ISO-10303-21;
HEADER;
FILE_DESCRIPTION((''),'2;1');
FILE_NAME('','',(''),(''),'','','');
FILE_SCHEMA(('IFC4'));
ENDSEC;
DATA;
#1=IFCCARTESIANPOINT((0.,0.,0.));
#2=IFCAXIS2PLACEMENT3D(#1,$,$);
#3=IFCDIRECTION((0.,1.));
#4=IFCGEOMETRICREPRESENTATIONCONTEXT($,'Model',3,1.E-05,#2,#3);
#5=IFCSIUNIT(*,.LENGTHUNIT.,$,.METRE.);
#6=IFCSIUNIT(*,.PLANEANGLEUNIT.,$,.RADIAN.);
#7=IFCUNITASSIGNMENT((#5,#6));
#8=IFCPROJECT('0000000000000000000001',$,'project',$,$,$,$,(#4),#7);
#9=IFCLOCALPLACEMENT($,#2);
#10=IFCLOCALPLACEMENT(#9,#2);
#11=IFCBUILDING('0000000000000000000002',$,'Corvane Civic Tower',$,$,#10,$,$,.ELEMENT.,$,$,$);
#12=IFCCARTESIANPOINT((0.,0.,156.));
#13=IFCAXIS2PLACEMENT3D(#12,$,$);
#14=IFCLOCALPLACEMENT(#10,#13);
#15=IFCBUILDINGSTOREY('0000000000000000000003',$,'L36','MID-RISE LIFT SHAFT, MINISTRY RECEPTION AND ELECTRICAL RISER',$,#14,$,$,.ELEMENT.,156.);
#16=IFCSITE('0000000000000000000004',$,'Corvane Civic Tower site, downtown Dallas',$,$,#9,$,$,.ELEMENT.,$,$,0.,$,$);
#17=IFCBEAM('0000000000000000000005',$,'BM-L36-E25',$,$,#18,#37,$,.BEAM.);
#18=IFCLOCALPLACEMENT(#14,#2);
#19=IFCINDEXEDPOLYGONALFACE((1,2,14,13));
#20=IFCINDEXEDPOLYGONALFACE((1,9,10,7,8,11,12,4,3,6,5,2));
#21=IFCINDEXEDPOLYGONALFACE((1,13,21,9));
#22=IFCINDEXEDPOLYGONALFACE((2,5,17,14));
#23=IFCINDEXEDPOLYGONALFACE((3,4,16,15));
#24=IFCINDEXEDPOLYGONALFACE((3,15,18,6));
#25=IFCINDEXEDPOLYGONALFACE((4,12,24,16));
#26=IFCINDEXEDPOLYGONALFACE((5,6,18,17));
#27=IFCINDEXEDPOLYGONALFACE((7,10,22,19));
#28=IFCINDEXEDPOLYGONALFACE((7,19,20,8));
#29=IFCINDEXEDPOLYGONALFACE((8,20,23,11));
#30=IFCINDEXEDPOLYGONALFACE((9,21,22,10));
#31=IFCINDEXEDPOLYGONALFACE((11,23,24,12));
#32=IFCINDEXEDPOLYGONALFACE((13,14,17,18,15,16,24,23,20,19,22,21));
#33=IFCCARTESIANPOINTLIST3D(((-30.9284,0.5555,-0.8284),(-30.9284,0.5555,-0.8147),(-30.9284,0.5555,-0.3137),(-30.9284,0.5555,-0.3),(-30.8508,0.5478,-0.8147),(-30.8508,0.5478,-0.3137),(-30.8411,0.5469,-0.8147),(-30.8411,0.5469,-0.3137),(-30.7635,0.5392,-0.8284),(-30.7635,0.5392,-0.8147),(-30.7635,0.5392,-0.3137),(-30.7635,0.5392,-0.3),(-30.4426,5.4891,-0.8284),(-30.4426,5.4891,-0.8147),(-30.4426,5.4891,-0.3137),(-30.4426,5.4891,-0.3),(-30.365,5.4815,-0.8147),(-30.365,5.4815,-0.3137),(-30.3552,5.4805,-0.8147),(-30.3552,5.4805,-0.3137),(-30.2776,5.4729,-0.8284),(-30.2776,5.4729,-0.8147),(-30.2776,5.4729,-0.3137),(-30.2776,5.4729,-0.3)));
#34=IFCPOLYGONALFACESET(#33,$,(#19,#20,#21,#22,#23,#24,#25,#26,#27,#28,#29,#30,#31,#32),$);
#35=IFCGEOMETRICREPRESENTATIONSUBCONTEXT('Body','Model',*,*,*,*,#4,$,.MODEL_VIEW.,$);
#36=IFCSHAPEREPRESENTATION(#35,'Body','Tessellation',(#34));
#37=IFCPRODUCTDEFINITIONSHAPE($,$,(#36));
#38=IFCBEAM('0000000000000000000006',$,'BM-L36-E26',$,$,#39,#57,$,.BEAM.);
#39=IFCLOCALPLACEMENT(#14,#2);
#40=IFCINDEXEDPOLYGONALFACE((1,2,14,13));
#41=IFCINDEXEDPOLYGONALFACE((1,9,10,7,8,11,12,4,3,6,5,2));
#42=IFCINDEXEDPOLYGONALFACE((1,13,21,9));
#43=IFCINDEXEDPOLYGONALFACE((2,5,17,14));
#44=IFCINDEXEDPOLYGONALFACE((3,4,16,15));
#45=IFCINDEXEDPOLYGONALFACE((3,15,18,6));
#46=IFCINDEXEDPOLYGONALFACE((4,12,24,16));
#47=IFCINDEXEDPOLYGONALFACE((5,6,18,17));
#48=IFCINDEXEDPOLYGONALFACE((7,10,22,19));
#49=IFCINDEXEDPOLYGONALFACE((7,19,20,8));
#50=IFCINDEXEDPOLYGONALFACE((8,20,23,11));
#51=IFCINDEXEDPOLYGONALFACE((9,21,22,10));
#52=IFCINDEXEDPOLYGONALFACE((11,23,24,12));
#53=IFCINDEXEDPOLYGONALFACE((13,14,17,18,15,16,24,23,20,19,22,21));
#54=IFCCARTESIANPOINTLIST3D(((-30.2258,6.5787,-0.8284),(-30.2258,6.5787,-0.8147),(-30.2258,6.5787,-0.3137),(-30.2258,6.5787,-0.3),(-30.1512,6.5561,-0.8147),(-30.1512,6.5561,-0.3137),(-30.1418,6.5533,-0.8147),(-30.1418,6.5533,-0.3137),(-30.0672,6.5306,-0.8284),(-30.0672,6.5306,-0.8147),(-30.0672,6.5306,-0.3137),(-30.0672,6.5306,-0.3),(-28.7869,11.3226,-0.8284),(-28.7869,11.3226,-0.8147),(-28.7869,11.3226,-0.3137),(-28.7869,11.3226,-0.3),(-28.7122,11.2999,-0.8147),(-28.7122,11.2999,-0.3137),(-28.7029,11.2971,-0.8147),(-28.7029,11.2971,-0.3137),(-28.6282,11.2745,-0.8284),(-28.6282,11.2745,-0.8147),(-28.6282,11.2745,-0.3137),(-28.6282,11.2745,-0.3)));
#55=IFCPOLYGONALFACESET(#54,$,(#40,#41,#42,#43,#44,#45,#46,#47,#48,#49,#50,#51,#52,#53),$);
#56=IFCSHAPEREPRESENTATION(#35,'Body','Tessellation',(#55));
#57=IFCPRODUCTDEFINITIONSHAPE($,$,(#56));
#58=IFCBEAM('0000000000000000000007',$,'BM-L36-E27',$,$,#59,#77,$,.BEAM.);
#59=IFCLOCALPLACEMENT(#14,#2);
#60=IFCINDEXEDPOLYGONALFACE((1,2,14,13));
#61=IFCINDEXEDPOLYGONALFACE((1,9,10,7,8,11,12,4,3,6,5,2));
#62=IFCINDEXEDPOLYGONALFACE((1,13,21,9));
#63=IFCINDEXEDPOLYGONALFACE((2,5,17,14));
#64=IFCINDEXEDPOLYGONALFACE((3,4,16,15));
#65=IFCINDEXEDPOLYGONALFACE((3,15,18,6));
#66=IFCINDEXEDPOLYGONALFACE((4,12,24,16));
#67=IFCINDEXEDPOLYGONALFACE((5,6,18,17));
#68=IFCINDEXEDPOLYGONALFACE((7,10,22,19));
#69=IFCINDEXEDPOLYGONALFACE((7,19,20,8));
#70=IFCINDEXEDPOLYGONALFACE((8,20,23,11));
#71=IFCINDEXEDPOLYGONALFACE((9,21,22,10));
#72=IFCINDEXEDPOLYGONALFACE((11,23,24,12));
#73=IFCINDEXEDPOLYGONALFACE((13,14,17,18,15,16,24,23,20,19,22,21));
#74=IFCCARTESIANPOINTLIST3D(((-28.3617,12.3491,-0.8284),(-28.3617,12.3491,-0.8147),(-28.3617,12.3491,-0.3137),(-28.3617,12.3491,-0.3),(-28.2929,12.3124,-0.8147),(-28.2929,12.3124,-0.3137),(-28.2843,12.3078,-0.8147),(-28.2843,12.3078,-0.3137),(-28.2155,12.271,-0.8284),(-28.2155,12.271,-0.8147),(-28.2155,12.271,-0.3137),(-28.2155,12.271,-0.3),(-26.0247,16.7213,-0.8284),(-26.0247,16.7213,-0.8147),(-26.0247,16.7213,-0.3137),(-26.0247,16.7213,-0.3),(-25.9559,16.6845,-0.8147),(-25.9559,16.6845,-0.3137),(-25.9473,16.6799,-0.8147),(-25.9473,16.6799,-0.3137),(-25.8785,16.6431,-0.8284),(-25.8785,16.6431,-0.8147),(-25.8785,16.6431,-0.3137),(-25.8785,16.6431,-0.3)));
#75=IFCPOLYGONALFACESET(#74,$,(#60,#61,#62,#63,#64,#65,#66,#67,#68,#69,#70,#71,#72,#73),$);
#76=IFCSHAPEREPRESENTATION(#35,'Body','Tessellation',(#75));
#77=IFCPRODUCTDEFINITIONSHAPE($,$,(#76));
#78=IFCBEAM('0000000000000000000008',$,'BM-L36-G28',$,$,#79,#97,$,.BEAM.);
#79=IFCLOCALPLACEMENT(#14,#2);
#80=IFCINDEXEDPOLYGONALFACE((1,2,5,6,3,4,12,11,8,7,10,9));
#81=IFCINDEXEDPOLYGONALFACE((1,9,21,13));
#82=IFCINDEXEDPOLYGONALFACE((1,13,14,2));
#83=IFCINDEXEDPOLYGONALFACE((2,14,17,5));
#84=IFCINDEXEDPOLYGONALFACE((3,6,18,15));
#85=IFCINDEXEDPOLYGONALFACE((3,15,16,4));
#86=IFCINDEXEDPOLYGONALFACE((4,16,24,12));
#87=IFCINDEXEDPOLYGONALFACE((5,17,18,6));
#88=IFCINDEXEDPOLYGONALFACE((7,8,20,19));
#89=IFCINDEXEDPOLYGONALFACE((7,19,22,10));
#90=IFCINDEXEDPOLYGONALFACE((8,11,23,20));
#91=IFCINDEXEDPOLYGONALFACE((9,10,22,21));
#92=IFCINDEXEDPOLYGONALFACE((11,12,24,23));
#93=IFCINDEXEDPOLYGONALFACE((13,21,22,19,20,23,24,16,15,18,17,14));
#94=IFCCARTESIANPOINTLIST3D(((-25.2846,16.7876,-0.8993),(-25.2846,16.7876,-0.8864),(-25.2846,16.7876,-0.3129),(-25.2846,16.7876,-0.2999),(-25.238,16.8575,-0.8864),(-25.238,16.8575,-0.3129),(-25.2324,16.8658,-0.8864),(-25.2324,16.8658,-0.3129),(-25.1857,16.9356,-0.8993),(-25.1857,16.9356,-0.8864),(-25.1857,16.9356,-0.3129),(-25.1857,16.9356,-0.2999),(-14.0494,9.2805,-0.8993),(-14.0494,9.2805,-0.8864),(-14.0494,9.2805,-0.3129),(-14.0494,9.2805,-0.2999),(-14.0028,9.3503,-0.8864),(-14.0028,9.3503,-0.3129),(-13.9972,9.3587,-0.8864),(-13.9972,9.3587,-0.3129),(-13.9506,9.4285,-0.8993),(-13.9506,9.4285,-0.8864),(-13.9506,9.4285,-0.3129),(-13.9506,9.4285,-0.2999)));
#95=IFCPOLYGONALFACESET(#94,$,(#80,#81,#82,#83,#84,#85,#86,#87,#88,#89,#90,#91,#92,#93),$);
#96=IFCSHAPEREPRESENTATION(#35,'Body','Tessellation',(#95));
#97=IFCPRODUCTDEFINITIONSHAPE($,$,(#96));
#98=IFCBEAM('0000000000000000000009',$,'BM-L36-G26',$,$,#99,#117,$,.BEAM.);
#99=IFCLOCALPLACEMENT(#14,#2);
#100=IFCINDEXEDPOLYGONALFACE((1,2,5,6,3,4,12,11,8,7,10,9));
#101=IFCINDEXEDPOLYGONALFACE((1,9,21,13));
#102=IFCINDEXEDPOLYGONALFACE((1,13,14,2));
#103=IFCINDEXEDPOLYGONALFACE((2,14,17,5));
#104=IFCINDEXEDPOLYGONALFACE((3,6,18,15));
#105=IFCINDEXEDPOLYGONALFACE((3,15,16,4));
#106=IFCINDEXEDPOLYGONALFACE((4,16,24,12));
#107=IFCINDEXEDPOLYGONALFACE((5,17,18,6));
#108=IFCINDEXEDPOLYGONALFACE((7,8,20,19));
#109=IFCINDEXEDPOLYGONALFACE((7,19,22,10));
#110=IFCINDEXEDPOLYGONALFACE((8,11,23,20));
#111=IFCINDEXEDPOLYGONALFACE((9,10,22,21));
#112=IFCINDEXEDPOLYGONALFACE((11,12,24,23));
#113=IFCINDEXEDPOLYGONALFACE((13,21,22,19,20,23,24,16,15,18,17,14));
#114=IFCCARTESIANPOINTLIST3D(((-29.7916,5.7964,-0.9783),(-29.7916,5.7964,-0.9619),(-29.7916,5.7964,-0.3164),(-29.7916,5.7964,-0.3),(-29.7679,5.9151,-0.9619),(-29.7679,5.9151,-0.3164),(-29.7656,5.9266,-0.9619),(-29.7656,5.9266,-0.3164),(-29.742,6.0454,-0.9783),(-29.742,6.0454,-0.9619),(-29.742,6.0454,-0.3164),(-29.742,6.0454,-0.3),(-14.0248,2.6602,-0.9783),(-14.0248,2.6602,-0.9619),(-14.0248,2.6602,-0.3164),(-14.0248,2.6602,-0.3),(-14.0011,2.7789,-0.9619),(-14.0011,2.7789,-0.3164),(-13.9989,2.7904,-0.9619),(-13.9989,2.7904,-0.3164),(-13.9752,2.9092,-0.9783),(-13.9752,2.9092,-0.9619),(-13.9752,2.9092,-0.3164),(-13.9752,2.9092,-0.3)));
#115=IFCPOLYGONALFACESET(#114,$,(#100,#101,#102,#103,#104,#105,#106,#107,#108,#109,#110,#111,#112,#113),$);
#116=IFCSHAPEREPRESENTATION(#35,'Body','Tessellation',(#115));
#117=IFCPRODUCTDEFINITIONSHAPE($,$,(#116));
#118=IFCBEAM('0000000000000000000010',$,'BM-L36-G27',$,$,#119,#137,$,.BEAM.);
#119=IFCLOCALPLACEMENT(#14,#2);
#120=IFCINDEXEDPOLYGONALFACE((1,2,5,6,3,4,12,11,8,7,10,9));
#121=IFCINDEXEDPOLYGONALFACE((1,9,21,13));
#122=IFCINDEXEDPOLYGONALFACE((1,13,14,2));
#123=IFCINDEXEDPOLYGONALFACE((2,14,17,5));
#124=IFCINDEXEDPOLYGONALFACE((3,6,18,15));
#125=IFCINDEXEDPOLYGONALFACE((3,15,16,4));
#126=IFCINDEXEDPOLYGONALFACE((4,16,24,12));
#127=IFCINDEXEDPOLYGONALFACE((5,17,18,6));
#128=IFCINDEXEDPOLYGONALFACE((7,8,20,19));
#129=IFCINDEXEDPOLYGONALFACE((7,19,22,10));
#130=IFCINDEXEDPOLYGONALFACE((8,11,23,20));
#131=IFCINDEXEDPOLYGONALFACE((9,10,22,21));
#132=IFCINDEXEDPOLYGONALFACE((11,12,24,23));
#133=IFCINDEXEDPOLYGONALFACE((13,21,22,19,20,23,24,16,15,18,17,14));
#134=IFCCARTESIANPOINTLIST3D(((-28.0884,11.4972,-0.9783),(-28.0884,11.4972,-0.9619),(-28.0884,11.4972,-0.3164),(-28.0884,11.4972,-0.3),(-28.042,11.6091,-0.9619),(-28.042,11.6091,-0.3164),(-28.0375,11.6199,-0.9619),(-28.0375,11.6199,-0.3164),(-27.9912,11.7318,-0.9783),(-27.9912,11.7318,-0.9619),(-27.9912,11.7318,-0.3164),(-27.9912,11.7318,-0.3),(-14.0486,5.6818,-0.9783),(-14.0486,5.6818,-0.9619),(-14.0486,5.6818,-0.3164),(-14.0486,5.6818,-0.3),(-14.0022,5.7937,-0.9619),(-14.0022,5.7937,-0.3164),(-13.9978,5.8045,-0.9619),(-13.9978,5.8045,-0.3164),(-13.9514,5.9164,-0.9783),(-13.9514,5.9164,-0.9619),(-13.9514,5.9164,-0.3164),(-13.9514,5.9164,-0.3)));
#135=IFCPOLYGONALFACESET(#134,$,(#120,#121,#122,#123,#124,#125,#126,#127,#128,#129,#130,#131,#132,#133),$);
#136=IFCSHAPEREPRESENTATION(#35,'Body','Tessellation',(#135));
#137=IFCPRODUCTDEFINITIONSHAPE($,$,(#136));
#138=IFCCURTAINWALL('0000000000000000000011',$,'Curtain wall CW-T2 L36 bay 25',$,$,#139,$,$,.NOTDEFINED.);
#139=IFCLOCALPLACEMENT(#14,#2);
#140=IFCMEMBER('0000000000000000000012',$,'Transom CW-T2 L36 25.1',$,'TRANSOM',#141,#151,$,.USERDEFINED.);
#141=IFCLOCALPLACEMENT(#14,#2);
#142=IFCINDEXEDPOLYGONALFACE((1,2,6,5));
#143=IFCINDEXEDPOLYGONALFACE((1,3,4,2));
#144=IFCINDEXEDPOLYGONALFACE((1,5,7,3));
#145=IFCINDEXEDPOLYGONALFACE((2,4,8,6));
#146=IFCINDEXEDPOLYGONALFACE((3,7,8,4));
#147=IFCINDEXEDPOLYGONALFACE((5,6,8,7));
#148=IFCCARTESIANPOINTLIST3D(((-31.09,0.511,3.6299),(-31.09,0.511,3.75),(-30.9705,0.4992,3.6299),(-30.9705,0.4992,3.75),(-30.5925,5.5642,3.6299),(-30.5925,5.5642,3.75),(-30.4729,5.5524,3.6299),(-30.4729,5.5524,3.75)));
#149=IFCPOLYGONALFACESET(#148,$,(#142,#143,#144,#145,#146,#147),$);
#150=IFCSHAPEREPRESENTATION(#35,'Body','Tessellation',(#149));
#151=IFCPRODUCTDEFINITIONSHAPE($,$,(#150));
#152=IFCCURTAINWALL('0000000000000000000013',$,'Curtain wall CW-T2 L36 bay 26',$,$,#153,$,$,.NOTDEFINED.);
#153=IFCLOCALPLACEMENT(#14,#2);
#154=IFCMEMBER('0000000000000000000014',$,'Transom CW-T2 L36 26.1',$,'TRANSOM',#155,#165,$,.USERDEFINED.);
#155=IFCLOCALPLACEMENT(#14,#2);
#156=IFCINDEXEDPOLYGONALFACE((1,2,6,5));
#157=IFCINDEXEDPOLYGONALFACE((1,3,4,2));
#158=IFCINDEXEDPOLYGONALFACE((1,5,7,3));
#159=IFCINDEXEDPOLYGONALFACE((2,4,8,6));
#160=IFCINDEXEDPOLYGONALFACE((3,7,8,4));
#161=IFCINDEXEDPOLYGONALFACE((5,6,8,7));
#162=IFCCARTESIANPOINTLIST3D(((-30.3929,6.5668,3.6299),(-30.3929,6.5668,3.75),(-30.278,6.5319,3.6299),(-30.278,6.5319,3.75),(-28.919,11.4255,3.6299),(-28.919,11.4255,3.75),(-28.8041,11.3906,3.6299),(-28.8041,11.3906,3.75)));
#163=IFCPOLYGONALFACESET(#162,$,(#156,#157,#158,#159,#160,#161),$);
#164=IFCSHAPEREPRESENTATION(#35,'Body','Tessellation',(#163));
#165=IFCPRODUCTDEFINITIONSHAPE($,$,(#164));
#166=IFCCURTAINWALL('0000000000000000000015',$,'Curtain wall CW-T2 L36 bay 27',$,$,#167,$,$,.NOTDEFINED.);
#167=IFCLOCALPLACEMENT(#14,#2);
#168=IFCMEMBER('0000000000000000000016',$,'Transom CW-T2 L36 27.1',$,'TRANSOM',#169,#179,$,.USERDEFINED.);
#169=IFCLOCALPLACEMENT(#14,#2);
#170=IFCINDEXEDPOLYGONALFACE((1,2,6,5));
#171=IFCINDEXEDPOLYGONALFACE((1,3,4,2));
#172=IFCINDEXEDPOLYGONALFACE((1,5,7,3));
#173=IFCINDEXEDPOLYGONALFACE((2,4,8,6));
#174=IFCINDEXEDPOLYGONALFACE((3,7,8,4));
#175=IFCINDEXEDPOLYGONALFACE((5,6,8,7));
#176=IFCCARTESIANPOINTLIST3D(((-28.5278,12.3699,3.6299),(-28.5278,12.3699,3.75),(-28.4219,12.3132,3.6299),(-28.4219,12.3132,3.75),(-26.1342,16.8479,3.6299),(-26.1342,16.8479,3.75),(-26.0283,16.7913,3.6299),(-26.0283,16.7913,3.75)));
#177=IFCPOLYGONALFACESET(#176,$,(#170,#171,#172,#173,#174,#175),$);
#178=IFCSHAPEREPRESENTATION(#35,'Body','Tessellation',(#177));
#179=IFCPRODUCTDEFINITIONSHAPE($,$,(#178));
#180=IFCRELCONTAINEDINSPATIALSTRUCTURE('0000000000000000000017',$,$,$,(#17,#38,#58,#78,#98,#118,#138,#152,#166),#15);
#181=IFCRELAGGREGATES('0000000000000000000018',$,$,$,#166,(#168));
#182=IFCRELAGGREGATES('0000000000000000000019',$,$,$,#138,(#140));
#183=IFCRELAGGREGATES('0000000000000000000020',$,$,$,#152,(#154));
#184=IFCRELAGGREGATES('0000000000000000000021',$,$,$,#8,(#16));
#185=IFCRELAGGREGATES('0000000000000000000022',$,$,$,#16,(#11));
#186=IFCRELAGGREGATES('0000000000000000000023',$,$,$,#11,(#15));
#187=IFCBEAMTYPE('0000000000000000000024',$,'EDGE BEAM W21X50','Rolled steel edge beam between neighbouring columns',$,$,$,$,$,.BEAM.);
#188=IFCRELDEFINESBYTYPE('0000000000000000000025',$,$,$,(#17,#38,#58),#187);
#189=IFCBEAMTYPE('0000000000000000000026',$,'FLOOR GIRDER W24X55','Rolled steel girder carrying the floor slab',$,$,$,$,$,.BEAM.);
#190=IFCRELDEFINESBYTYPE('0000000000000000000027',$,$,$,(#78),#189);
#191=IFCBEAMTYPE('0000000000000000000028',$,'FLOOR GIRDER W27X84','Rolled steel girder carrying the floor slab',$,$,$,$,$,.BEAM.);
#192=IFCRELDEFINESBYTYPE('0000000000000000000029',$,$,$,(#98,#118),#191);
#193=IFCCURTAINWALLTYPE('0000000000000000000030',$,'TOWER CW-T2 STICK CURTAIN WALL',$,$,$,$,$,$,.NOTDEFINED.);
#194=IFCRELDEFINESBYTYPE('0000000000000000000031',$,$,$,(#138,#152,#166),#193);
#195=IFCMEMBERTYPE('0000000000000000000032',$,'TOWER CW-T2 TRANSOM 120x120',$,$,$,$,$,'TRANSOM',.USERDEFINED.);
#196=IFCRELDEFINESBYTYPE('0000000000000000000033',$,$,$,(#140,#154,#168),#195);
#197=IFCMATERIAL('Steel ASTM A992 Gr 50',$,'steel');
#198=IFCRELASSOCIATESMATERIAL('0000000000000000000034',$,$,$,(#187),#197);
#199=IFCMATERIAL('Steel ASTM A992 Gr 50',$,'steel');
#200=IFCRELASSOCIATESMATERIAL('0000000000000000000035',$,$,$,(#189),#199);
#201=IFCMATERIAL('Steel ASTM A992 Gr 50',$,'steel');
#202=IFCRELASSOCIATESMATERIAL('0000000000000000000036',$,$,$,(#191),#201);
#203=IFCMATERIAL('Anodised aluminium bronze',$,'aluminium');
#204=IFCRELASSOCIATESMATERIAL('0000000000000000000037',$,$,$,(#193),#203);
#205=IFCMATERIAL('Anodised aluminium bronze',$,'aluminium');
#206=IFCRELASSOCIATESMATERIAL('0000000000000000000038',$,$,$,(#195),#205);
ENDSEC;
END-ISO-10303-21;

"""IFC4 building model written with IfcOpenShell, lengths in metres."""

from ifc_helpers import new_model, si_unit, direction, frame, origin, origin_2d, place, context, subcontext, project, spatial, rectangle, i_section, extrude, material, material_profile, profile_set, type_object, element, aggregate, save


model = new_model("IFC4")

# Units and contexts
model_context = context("Model", 3, precision=1e-05, world=origin(), true_north=direction((0.0, 1.0)))
body_context = subcontext(model_context, "Body", "Model", "MODEL_VIEW")
ifc_project = project(units=[si_unit("LENGTHUNIT", "METRE"), si_unit("PLANEANGLEUNIT", "RADIAN")], contexts=[model_context])

# Site, building, storey
site_placement = place(None, origin())
site = spatial("IfcSite", under=ifc_project, at=site_placement, Name="Corvane Civic Tower site, downtown Dallas", CompositionType="ELEMENT", RefElevation=0.0)
building_placement = place(site_placement, origin())
building = spatial("IfcBuilding", under=site, at=building_placement, Name="Corvane Civic Tower", CompositionType="ELEMENT")
storey_placement = place(building_placement, frame((0.0, 0.0, 156.0)))
storey = spatial("IfcBuildingStorey", under=building, at=storey_placement, Name="L36", Description="MID-RISE LIFT SHAFT, MINISTRY RECEPTION AND ELECTRICAL RISER", CompositionType="ELEMENT", Elevation=156.0)

# Beams
ifc_material_1 = material(Name="Steel ASTM A992 Gr 50", Category="steel")
ifc_material_profile_1 = material_profile(ifc_material_1, i_section(OverallWidth=0.1658, OverallDepth=0.5283, WebThickness=0.0098, FlangeThickness=0.0137, at=origin_2d()), Name="W21X50")
ifc_profile_set_1 = profile_set([ifc_material_profile_1], Name="Steel ASTM A992 Gr 50")
beam_type_1 = type_object("IfcBeamType", Name="EDGE BEAM W21X50", Description="Rolled steel edge beam between neighbouring columns", PredefinedType="BEAM", material=ifc_profile_set_1)
beam_1_placement = place(storey_placement, frame((-30.8459, 0.5474, -0.5642), z_axis=(0.098002, 0.995186, 0.0), x_axis=(-0.995186, 0.098002, 0.0)))
element("IfcBeam", 1, at=beam_1_placement, inside=storey, type_object=beam_type_1, Name="BM-L36-E25", PredefinedType="BEAM", context=body_context, shape_type="SweptSolid", body=[
    extrude(i_section(OverallWidth=0.1658, OverallDepth=0.5283, WebThickness=0.0098, FlangeThickness=0.0137, at=origin_2d()), origin(), (0.0, 0.0, 1.0), 4.9575),
])
beam_2_placement = place(storey_placement, frame((-30.1465, 6.5547, -0.5642), z_axis=(0.29027, 0.956945, 0.0), x_axis=(-0.956945, 0.29027, 0.0)))
element("IfcBeam", 2, at=beam_2_placement, inside=storey, type_object=beam_type_1, Name="BM-L36-E26", PredefinedType="BEAM", context=body_context, shape_type="SweptSolid", body=[
    extrude(i_section(OverallWidth=0.1658, OverallDepth=0.5283, WebThickness=0.0098, FlangeThickness=0.0137, at=origin_2d()), origin(), (0.0, 0.0, 1.0), 4.9573),
])
beam_3_placement = place(storey_placement, frame((-28.2886, 12.3101, -0.5642), z_axis=(0.471396, 0.881922, 0.0), x_axis=(-0.881922, 0.471396, 0.0)))
element("IfcBeam", 3, at=beam_3_placement, inside=storey, type_object=beam_type_1, Name="BM-L36-E27", PredefinedType="BEAM", context=body_context, shape_type="SweptSolid", body=[
    extrude(i_section(OverallWidth=0.1658, OverallDepth=0.5283, WebThickness=0.0098, FlangeThickness=0.0137, at=origin_2d()), origin(), (0.0, 0.0, 1.0), 4.9575),
])
ifc_material_2 = material(Name="Steel ASTM A992 Gr 50", Category="steel")
ifc_material_profile_2 = material_profile(ifc_material_2, i_section(OverallWidth=0.178, OverallDepth=0.5994, WebThickness=0.01, FlangeThickness=0.0129, at=origin_2d()), Name="W24X55")
ifc_profile_set_2 = profile_set([ifc_material_profile_2], Name="Steel ASTM A992 Gr 50")
beam_type_2 = type_object("IfcBeamType", Name="FLOOR GIRDER W24X55", Description="Rolled steel girder carrying the floor slab", PredefinedType="BEAM", material=ifc_profile_set_2)
beam_4_placement = place(storey_placement, frame((-14.0, 9.3545, -0.5996), z_axis=(-0.831469, 0.555571, 0.0), x_axis=(-0.555571, -0.831469, 0.0)))
element("IfcBeam", 4, at=beam_4_placement, inside=storey, type_object=beam_type_2, Name="BM-L36-G28", PredefinedType="BEAM", context=body_context, shape_type="SweptSolid", body=[
    extrude(i_section(OverallWidth=0.178, OverallDepth=0.5994, WebThickness=0.01, FlangeThickness=0.0129, at=origin_2d()), origin(), (0.0, 0.0, 1.0), 13.5125),
])
ifc_material_3 = material(Name="Steel ASTM A992 Gr 50", Category="steel")
ifc_material_profile_3 = material_profile(ifc_material_3, i_section(OverallWidth=0.2539, OverallDepth=0.6782, WebThickness=0.0117, FlangeThickness=0.0164, at=origin_2d()), Name="W27X84")
ifc_profile_set_3 = profile_set([ifc_material_profile_3], Name="Steel ASTM A992 Gr 50")
beam_type_3 = type_object("IfcBeamType", Name="FLOOR GIRDER W27X84", Description="Rolled steel girder carrying the floor slab", PredefinedType="BEAM", material=ifc_profile_set_3)
beam_5_placement = place(storey_placement, frame((-14.0, 2.7847, -0.6392), z_axis=(-0.980785, 0.195091, 0.0), x_axis=(-0.195091, -0.980785, 0.0)))
element("IfcBeam", 5, at=beam_5_placement, inside=storey, type_object=beam_type_3, Name="BM-L36-G26", PredefinedType="BEAM", context=body_context, shape_type="SweptSolid", body=[
    extrude(i_section(OverallWidth=0.2539, OverallDepth=0.6782, WebThickness=0.0117, FlangeThickness=0.0164, at=origin_2d()), origin(), (0.0, 0.0, 1.0), 16.0757),
])
beam_6_placement = place(storey_placement, frame((-14.0, 5.7991, -0.6392), z_axis=(-0.923881, 0.382681, 0.0), x_axis=(-0.382681, -0.923881, 0.0)))
element("IfcBeam", 6, at=beam_6_placement, inside=storey, type_object=beam_type_3, Name="BM-L36-G27", PredefinedType="BEAM", context=body_context, shape_type="SweptSolid", body=[
    extrude(i_section(OverallWidth=0.2539, OverallDepth=0.6782, WebThickness=0.0117, FlangeThickness=0.0164, at=origin_2d()), origin(), (0.0, 0.0, 1.0), 15.1965),
])

# Curtain walls, members
ifc_material_4 = material(Name="Anodised aluminium bronze", Category="aluminium")
curtain_wall_type = type_object("IfcCurtainWallType", Name="TOWER CW-T2 STICK CURTAIN WALL", PredefinedType="NOTDEFINED", material=ifc_material_4)
curtain_wall_1_placement = place(storey_placement, origin())
curtain_wall_1 = element("IfcCurtainWall", 7, at=curtain_wall_1_placement, inside=storey, type_object=curtain_wall_type, Name="Curtain wall CW-T2 L36 bay 25", PredefinedType="NOTDEFINED")
ifc_material_5 = material(Name="Anodised aluminium bronze", Category="aluminium")
ifc_material_profile_4 = material_profile(ifc_material_5, rectangle(XDim=0.1201, YDim=0.1201, at=origin_2d()), Name="TOWER CW-T2 TRANSOM 120x120")
ifc_profile_set_4 = profile_set([ifc_material_profile_4], Name="Anodised aluminium bronze")
member_type = type_object("IfcMemberType", Name="TOWER CW-T2 TRANSOM 120x120", ElementType="TRANSOM", PredefinedType="USERDEFINED", material=ifc_profile_set_4)
member_1_placement = place(storey_placement, frame((-31.0303, 0.5051, 3.6899), z_axis=(0.09799, 0.995187, 0.0), x_axis=(-0.995187, 0.09799, 0.0)))
member_1 = element("IfcMember", 8, at=member_1_placement, type_object=member_type, Name="Transom CW-T2 L36 25.1", ObjectType="TRANSOM", PredefinedType="USERDEFINED", context=body_context, shape_type="SweptSolid", body=[
    extrude(rectangle(XDim=0.1201, YDim=0.1201, at=origin_2d()), origin(), (0.0, 0.0, 1.0), 5.0776),
])
curtain_wall_2_placement = place(storey_placement, origin())
curtain_wall_2 = element("IfcCurtainWall", 9, at=curtain_wall_2_placement, inside=storey, type_object=curtain_wall_type, Name="Curtain wall CW-T2 L36 bay 26", PredefinedType="NOTDEFINED")
member_2_placement = place(storey_placement, frame((-30.3354, 6.5493, 3.6899), z_axis=(0.290289, 0.956939, 0.0), x_axis=(-0.956939, 0.290289, 0.0)))
member_2 = element("IfcMember", 10, at=member_2_placement, type_object=member_type, Name="Transom CW-T2 L36 26.1", ObjectType="TRANSOM", PredefinedType="USERDEFINED", context=body_context, shape_type="SweptSolid", body=[
    extrude(rectangle(XDim=0.1201, YDim=0.1201, at=origin_2d()), origin(), (0.0, 0.0, 1.0), 5.0774),
])
curtain_wall_3_placement = place(storey_placement, origin())
curtain_wall_3 = element("IfcCurtainWall", 11, at=curtain_wall_3_placement, inside=storey, type_object=curtain_wall_type, Name="Curtain wall CW-T2 L36 bay 27", PredefinedType="NOTDEFINED")
member_3_placement = place(storey_placement, frame((-28.4749, 12.3416, 3.6899), z_axis=(0.471397, 0.881921, 0.0), x_axis=(-0.881921, 0.471397, 0.0)))
member_3 = element("IfcMember", 12, at=member_3_placement, type_object=member_type, Name="Transom CW-T2 L36 27.1", ObjectType="TRANSOM", PredefinedType="USERDEFINED", context=body_context, shape_type="SweptSolid", body=[
    extrude(rectangle(XDim=0.1201, YDim=0.1201, at=origin_2d()), origin(), (0.0, 0.0, 1.0), 5.0776),
])
aggregate(curtain_wall_3, [member_3])

aggregate(curtain_wall_1, [member_1])
aggregate(curtain_wall_2, [member_2])

save(model, "model.ifc")
